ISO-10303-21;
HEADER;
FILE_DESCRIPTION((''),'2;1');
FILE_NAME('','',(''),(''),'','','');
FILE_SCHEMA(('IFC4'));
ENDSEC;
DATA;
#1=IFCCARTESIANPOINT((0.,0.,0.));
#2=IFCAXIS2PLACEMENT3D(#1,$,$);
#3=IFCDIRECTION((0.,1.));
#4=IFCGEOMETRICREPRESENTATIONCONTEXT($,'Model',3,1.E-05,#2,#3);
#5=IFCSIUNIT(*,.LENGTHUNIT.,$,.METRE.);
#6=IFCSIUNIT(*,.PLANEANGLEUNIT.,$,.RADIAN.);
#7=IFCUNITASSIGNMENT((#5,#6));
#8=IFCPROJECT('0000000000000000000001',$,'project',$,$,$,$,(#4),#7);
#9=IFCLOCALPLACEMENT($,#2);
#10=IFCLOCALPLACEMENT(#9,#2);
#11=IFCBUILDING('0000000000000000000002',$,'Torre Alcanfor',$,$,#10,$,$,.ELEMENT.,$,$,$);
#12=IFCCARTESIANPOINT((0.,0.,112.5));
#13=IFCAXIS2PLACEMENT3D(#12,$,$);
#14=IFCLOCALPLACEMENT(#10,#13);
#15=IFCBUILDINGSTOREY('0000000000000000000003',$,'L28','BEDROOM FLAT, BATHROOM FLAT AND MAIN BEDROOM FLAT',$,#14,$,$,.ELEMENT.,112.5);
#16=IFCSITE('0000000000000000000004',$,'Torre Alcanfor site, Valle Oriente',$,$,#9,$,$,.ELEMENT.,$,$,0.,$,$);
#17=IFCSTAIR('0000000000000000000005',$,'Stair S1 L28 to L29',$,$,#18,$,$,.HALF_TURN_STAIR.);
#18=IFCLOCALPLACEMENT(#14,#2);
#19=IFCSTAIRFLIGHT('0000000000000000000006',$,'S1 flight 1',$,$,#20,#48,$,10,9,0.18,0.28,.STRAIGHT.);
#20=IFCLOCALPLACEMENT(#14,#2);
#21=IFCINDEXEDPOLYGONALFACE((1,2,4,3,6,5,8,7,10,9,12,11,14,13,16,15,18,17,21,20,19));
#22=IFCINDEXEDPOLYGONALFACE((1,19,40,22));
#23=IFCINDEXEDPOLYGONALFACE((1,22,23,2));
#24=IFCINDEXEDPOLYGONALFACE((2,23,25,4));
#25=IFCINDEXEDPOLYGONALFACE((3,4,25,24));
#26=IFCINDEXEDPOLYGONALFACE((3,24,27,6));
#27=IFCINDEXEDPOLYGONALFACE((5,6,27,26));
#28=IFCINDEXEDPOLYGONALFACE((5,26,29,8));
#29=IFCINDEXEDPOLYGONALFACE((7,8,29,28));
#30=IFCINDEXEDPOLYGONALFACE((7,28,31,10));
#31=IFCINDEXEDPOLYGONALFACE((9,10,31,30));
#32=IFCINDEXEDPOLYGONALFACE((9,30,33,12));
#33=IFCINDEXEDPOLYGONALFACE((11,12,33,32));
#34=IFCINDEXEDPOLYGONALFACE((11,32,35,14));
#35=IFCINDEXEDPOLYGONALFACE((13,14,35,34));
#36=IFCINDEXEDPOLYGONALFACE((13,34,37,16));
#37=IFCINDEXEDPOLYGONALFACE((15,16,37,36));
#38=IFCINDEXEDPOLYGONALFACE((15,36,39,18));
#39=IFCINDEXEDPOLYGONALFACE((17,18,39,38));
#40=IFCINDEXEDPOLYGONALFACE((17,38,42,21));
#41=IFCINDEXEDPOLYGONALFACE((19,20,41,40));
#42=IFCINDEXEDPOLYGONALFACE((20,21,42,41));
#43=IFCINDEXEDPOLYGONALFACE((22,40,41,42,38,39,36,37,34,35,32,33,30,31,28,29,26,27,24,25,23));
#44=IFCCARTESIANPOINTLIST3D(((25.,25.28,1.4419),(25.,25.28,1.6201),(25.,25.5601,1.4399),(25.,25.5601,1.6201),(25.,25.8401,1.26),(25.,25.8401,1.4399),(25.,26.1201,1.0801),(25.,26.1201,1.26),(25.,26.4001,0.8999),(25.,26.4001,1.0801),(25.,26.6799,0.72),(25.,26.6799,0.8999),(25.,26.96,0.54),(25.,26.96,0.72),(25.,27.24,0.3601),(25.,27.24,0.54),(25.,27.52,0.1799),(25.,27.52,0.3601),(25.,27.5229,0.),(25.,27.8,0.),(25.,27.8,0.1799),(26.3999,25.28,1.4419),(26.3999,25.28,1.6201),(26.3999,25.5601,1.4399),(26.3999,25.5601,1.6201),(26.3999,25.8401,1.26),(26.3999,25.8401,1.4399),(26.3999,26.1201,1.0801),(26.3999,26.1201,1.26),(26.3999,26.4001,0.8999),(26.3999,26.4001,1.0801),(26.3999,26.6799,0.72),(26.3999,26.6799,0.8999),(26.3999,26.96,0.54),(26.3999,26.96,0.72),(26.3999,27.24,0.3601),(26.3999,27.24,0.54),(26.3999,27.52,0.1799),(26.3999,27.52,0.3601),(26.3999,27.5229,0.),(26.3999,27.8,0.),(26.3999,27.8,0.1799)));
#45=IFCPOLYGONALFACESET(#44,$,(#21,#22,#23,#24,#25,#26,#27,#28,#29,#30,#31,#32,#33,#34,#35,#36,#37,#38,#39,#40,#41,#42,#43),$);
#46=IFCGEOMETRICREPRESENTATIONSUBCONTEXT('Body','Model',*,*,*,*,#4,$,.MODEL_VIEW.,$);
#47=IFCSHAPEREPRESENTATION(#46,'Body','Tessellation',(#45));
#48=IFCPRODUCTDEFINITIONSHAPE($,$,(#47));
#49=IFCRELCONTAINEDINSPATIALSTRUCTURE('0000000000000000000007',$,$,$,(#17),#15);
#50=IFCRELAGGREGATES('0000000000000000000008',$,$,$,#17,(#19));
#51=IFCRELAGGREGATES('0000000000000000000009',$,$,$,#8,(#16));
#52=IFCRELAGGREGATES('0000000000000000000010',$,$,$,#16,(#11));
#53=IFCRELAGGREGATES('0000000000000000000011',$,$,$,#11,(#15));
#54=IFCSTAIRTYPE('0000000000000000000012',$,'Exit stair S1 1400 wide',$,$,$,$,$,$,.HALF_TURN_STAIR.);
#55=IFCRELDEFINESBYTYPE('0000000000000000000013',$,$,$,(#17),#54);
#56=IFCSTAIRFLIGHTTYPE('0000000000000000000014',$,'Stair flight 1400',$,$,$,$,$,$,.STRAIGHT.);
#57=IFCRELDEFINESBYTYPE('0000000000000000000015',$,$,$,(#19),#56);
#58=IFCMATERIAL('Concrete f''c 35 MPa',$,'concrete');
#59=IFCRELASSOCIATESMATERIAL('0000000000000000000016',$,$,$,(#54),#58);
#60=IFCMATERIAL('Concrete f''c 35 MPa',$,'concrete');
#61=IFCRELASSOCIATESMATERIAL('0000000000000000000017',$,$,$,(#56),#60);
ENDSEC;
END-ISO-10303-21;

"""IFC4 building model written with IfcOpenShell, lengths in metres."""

from ifc_helpers import new_model, si_unit, direction, frame, origin, place, context, subcontext, project, spatial, polyline, outline, extrude, material, type_object, element, aggregate, save


model = new_model("IFC4")

# Units and contexts
model_context = context("Model", 3, precision=1e-05, world=origin(), true_north=direction((0.0, 1.0)))
body_context = subcontext(model_context, "Body", "Model", "MODEL_VIEW")
ifc_project = project(units=[si_unit("LENGTHUNIT", "METRE"), si_unit("PLANEANGLEUNIT", "RADIAN")], contexts=[model_context])

# Site, building, storey
site_placement = place(None, origin())
site = spatial("IfcSite", under=ifc_project, at=site_placement, Name="Torre Alcanfor site, Valle Oriente", CompositionType="ELEMENT", RefElevation=0.0)
building_placement = place(site_placement, origin())
building = spatial("IfcBuilding", under=site, at=building_placement, Name="Torre Alcanfor", CompositionType="ELEMENT")
storey_placement = place(building_placement, frame((0.0, 0.0, 112.5)))
storey = spatial("IfcBuildingStorey", under=building, at=storey_placement, Name="L28", Description="BEDROOM FLAT, BATHROOM FLAT AND MAIN BEDROOM FLAT", CompositionType="ELEMENT", Elevation=112.5)

# Stair, stair flight
ifc_material_1 = material(Name="Concrete f'c 35 MPa", Category="concrete")
stair_type = type_object("IfcStairType", Name="Exit stair S1 1400 wide", PredefinedType="HALF_TURN_STAIR", material=ifc_material_1)
stair_placement = place(storey_placement, origin())
stair = element("IfcStair", 1, at=stair_placement, inside=storey, type_object=stair_type, Name="Stair S1 L28 to L29", PredefinedType="HALF_TURN_STAIR")
ifc_material_2 = material(Name="Concrete f'c 35 MPa", Category="concrete")
stair_flight_type = type_object("IfcStairFlightType", Name="Stair flight 1400", PredefinedType="STRAIGHT", material=ifc_material_2)
stair_flight_placement = place(storey_placement, frame((25.7, 27.8, 0.0), z_axis=(0.0, 0.0, 1.0), x_axis=(0.0, -1.0, 0.0)))
stair_flight = element("IfcStairFlight", 2, at=stair_flight_placement, type_object=stair_flight_type, Name="S1 flight 1", NumberOfRisers=10, NumberOfTreads=9, PredefinedType="STRAIGHT", RiserHeight=0.18, TreadLength=0.28, context=body_context, shape_type="SweptSolid", body=[
    extrude(outline(polyline([(0.0, 0.0), (0.0, 0.1799), (0.28, 0.1799), (0.28, 0.3601), (0.5601, 0.3601), (0.5601, 0.54), (0.8401, 0.54), (0.8401, 0.72), (1.1201, 0.72), (1.1201, 0.8999), (1.3999, 0.8999), (1.3999, 1.0801), (1.6799, 1.0801), (1.6799, 1.26), (1.96, 1.26), (1.96, 1.4399), (2.24, 1.4399), (2.24, 1.6201), (2.52, 1.6201), (2.52, 1.8), (2.52, 1.4419), (0.2771, 0.0), (0.0, 0.0)])), frame((0.0, 0.7, 0.0), z_axis=(0.0, -1.0, 0.0), x_axis=(1.0, 0.0, 0.0)), (0.0, 0.0, 1.0), 1.3999),
])
aggregate(stair, [stair_flight])

save(model, "model.ifc")
